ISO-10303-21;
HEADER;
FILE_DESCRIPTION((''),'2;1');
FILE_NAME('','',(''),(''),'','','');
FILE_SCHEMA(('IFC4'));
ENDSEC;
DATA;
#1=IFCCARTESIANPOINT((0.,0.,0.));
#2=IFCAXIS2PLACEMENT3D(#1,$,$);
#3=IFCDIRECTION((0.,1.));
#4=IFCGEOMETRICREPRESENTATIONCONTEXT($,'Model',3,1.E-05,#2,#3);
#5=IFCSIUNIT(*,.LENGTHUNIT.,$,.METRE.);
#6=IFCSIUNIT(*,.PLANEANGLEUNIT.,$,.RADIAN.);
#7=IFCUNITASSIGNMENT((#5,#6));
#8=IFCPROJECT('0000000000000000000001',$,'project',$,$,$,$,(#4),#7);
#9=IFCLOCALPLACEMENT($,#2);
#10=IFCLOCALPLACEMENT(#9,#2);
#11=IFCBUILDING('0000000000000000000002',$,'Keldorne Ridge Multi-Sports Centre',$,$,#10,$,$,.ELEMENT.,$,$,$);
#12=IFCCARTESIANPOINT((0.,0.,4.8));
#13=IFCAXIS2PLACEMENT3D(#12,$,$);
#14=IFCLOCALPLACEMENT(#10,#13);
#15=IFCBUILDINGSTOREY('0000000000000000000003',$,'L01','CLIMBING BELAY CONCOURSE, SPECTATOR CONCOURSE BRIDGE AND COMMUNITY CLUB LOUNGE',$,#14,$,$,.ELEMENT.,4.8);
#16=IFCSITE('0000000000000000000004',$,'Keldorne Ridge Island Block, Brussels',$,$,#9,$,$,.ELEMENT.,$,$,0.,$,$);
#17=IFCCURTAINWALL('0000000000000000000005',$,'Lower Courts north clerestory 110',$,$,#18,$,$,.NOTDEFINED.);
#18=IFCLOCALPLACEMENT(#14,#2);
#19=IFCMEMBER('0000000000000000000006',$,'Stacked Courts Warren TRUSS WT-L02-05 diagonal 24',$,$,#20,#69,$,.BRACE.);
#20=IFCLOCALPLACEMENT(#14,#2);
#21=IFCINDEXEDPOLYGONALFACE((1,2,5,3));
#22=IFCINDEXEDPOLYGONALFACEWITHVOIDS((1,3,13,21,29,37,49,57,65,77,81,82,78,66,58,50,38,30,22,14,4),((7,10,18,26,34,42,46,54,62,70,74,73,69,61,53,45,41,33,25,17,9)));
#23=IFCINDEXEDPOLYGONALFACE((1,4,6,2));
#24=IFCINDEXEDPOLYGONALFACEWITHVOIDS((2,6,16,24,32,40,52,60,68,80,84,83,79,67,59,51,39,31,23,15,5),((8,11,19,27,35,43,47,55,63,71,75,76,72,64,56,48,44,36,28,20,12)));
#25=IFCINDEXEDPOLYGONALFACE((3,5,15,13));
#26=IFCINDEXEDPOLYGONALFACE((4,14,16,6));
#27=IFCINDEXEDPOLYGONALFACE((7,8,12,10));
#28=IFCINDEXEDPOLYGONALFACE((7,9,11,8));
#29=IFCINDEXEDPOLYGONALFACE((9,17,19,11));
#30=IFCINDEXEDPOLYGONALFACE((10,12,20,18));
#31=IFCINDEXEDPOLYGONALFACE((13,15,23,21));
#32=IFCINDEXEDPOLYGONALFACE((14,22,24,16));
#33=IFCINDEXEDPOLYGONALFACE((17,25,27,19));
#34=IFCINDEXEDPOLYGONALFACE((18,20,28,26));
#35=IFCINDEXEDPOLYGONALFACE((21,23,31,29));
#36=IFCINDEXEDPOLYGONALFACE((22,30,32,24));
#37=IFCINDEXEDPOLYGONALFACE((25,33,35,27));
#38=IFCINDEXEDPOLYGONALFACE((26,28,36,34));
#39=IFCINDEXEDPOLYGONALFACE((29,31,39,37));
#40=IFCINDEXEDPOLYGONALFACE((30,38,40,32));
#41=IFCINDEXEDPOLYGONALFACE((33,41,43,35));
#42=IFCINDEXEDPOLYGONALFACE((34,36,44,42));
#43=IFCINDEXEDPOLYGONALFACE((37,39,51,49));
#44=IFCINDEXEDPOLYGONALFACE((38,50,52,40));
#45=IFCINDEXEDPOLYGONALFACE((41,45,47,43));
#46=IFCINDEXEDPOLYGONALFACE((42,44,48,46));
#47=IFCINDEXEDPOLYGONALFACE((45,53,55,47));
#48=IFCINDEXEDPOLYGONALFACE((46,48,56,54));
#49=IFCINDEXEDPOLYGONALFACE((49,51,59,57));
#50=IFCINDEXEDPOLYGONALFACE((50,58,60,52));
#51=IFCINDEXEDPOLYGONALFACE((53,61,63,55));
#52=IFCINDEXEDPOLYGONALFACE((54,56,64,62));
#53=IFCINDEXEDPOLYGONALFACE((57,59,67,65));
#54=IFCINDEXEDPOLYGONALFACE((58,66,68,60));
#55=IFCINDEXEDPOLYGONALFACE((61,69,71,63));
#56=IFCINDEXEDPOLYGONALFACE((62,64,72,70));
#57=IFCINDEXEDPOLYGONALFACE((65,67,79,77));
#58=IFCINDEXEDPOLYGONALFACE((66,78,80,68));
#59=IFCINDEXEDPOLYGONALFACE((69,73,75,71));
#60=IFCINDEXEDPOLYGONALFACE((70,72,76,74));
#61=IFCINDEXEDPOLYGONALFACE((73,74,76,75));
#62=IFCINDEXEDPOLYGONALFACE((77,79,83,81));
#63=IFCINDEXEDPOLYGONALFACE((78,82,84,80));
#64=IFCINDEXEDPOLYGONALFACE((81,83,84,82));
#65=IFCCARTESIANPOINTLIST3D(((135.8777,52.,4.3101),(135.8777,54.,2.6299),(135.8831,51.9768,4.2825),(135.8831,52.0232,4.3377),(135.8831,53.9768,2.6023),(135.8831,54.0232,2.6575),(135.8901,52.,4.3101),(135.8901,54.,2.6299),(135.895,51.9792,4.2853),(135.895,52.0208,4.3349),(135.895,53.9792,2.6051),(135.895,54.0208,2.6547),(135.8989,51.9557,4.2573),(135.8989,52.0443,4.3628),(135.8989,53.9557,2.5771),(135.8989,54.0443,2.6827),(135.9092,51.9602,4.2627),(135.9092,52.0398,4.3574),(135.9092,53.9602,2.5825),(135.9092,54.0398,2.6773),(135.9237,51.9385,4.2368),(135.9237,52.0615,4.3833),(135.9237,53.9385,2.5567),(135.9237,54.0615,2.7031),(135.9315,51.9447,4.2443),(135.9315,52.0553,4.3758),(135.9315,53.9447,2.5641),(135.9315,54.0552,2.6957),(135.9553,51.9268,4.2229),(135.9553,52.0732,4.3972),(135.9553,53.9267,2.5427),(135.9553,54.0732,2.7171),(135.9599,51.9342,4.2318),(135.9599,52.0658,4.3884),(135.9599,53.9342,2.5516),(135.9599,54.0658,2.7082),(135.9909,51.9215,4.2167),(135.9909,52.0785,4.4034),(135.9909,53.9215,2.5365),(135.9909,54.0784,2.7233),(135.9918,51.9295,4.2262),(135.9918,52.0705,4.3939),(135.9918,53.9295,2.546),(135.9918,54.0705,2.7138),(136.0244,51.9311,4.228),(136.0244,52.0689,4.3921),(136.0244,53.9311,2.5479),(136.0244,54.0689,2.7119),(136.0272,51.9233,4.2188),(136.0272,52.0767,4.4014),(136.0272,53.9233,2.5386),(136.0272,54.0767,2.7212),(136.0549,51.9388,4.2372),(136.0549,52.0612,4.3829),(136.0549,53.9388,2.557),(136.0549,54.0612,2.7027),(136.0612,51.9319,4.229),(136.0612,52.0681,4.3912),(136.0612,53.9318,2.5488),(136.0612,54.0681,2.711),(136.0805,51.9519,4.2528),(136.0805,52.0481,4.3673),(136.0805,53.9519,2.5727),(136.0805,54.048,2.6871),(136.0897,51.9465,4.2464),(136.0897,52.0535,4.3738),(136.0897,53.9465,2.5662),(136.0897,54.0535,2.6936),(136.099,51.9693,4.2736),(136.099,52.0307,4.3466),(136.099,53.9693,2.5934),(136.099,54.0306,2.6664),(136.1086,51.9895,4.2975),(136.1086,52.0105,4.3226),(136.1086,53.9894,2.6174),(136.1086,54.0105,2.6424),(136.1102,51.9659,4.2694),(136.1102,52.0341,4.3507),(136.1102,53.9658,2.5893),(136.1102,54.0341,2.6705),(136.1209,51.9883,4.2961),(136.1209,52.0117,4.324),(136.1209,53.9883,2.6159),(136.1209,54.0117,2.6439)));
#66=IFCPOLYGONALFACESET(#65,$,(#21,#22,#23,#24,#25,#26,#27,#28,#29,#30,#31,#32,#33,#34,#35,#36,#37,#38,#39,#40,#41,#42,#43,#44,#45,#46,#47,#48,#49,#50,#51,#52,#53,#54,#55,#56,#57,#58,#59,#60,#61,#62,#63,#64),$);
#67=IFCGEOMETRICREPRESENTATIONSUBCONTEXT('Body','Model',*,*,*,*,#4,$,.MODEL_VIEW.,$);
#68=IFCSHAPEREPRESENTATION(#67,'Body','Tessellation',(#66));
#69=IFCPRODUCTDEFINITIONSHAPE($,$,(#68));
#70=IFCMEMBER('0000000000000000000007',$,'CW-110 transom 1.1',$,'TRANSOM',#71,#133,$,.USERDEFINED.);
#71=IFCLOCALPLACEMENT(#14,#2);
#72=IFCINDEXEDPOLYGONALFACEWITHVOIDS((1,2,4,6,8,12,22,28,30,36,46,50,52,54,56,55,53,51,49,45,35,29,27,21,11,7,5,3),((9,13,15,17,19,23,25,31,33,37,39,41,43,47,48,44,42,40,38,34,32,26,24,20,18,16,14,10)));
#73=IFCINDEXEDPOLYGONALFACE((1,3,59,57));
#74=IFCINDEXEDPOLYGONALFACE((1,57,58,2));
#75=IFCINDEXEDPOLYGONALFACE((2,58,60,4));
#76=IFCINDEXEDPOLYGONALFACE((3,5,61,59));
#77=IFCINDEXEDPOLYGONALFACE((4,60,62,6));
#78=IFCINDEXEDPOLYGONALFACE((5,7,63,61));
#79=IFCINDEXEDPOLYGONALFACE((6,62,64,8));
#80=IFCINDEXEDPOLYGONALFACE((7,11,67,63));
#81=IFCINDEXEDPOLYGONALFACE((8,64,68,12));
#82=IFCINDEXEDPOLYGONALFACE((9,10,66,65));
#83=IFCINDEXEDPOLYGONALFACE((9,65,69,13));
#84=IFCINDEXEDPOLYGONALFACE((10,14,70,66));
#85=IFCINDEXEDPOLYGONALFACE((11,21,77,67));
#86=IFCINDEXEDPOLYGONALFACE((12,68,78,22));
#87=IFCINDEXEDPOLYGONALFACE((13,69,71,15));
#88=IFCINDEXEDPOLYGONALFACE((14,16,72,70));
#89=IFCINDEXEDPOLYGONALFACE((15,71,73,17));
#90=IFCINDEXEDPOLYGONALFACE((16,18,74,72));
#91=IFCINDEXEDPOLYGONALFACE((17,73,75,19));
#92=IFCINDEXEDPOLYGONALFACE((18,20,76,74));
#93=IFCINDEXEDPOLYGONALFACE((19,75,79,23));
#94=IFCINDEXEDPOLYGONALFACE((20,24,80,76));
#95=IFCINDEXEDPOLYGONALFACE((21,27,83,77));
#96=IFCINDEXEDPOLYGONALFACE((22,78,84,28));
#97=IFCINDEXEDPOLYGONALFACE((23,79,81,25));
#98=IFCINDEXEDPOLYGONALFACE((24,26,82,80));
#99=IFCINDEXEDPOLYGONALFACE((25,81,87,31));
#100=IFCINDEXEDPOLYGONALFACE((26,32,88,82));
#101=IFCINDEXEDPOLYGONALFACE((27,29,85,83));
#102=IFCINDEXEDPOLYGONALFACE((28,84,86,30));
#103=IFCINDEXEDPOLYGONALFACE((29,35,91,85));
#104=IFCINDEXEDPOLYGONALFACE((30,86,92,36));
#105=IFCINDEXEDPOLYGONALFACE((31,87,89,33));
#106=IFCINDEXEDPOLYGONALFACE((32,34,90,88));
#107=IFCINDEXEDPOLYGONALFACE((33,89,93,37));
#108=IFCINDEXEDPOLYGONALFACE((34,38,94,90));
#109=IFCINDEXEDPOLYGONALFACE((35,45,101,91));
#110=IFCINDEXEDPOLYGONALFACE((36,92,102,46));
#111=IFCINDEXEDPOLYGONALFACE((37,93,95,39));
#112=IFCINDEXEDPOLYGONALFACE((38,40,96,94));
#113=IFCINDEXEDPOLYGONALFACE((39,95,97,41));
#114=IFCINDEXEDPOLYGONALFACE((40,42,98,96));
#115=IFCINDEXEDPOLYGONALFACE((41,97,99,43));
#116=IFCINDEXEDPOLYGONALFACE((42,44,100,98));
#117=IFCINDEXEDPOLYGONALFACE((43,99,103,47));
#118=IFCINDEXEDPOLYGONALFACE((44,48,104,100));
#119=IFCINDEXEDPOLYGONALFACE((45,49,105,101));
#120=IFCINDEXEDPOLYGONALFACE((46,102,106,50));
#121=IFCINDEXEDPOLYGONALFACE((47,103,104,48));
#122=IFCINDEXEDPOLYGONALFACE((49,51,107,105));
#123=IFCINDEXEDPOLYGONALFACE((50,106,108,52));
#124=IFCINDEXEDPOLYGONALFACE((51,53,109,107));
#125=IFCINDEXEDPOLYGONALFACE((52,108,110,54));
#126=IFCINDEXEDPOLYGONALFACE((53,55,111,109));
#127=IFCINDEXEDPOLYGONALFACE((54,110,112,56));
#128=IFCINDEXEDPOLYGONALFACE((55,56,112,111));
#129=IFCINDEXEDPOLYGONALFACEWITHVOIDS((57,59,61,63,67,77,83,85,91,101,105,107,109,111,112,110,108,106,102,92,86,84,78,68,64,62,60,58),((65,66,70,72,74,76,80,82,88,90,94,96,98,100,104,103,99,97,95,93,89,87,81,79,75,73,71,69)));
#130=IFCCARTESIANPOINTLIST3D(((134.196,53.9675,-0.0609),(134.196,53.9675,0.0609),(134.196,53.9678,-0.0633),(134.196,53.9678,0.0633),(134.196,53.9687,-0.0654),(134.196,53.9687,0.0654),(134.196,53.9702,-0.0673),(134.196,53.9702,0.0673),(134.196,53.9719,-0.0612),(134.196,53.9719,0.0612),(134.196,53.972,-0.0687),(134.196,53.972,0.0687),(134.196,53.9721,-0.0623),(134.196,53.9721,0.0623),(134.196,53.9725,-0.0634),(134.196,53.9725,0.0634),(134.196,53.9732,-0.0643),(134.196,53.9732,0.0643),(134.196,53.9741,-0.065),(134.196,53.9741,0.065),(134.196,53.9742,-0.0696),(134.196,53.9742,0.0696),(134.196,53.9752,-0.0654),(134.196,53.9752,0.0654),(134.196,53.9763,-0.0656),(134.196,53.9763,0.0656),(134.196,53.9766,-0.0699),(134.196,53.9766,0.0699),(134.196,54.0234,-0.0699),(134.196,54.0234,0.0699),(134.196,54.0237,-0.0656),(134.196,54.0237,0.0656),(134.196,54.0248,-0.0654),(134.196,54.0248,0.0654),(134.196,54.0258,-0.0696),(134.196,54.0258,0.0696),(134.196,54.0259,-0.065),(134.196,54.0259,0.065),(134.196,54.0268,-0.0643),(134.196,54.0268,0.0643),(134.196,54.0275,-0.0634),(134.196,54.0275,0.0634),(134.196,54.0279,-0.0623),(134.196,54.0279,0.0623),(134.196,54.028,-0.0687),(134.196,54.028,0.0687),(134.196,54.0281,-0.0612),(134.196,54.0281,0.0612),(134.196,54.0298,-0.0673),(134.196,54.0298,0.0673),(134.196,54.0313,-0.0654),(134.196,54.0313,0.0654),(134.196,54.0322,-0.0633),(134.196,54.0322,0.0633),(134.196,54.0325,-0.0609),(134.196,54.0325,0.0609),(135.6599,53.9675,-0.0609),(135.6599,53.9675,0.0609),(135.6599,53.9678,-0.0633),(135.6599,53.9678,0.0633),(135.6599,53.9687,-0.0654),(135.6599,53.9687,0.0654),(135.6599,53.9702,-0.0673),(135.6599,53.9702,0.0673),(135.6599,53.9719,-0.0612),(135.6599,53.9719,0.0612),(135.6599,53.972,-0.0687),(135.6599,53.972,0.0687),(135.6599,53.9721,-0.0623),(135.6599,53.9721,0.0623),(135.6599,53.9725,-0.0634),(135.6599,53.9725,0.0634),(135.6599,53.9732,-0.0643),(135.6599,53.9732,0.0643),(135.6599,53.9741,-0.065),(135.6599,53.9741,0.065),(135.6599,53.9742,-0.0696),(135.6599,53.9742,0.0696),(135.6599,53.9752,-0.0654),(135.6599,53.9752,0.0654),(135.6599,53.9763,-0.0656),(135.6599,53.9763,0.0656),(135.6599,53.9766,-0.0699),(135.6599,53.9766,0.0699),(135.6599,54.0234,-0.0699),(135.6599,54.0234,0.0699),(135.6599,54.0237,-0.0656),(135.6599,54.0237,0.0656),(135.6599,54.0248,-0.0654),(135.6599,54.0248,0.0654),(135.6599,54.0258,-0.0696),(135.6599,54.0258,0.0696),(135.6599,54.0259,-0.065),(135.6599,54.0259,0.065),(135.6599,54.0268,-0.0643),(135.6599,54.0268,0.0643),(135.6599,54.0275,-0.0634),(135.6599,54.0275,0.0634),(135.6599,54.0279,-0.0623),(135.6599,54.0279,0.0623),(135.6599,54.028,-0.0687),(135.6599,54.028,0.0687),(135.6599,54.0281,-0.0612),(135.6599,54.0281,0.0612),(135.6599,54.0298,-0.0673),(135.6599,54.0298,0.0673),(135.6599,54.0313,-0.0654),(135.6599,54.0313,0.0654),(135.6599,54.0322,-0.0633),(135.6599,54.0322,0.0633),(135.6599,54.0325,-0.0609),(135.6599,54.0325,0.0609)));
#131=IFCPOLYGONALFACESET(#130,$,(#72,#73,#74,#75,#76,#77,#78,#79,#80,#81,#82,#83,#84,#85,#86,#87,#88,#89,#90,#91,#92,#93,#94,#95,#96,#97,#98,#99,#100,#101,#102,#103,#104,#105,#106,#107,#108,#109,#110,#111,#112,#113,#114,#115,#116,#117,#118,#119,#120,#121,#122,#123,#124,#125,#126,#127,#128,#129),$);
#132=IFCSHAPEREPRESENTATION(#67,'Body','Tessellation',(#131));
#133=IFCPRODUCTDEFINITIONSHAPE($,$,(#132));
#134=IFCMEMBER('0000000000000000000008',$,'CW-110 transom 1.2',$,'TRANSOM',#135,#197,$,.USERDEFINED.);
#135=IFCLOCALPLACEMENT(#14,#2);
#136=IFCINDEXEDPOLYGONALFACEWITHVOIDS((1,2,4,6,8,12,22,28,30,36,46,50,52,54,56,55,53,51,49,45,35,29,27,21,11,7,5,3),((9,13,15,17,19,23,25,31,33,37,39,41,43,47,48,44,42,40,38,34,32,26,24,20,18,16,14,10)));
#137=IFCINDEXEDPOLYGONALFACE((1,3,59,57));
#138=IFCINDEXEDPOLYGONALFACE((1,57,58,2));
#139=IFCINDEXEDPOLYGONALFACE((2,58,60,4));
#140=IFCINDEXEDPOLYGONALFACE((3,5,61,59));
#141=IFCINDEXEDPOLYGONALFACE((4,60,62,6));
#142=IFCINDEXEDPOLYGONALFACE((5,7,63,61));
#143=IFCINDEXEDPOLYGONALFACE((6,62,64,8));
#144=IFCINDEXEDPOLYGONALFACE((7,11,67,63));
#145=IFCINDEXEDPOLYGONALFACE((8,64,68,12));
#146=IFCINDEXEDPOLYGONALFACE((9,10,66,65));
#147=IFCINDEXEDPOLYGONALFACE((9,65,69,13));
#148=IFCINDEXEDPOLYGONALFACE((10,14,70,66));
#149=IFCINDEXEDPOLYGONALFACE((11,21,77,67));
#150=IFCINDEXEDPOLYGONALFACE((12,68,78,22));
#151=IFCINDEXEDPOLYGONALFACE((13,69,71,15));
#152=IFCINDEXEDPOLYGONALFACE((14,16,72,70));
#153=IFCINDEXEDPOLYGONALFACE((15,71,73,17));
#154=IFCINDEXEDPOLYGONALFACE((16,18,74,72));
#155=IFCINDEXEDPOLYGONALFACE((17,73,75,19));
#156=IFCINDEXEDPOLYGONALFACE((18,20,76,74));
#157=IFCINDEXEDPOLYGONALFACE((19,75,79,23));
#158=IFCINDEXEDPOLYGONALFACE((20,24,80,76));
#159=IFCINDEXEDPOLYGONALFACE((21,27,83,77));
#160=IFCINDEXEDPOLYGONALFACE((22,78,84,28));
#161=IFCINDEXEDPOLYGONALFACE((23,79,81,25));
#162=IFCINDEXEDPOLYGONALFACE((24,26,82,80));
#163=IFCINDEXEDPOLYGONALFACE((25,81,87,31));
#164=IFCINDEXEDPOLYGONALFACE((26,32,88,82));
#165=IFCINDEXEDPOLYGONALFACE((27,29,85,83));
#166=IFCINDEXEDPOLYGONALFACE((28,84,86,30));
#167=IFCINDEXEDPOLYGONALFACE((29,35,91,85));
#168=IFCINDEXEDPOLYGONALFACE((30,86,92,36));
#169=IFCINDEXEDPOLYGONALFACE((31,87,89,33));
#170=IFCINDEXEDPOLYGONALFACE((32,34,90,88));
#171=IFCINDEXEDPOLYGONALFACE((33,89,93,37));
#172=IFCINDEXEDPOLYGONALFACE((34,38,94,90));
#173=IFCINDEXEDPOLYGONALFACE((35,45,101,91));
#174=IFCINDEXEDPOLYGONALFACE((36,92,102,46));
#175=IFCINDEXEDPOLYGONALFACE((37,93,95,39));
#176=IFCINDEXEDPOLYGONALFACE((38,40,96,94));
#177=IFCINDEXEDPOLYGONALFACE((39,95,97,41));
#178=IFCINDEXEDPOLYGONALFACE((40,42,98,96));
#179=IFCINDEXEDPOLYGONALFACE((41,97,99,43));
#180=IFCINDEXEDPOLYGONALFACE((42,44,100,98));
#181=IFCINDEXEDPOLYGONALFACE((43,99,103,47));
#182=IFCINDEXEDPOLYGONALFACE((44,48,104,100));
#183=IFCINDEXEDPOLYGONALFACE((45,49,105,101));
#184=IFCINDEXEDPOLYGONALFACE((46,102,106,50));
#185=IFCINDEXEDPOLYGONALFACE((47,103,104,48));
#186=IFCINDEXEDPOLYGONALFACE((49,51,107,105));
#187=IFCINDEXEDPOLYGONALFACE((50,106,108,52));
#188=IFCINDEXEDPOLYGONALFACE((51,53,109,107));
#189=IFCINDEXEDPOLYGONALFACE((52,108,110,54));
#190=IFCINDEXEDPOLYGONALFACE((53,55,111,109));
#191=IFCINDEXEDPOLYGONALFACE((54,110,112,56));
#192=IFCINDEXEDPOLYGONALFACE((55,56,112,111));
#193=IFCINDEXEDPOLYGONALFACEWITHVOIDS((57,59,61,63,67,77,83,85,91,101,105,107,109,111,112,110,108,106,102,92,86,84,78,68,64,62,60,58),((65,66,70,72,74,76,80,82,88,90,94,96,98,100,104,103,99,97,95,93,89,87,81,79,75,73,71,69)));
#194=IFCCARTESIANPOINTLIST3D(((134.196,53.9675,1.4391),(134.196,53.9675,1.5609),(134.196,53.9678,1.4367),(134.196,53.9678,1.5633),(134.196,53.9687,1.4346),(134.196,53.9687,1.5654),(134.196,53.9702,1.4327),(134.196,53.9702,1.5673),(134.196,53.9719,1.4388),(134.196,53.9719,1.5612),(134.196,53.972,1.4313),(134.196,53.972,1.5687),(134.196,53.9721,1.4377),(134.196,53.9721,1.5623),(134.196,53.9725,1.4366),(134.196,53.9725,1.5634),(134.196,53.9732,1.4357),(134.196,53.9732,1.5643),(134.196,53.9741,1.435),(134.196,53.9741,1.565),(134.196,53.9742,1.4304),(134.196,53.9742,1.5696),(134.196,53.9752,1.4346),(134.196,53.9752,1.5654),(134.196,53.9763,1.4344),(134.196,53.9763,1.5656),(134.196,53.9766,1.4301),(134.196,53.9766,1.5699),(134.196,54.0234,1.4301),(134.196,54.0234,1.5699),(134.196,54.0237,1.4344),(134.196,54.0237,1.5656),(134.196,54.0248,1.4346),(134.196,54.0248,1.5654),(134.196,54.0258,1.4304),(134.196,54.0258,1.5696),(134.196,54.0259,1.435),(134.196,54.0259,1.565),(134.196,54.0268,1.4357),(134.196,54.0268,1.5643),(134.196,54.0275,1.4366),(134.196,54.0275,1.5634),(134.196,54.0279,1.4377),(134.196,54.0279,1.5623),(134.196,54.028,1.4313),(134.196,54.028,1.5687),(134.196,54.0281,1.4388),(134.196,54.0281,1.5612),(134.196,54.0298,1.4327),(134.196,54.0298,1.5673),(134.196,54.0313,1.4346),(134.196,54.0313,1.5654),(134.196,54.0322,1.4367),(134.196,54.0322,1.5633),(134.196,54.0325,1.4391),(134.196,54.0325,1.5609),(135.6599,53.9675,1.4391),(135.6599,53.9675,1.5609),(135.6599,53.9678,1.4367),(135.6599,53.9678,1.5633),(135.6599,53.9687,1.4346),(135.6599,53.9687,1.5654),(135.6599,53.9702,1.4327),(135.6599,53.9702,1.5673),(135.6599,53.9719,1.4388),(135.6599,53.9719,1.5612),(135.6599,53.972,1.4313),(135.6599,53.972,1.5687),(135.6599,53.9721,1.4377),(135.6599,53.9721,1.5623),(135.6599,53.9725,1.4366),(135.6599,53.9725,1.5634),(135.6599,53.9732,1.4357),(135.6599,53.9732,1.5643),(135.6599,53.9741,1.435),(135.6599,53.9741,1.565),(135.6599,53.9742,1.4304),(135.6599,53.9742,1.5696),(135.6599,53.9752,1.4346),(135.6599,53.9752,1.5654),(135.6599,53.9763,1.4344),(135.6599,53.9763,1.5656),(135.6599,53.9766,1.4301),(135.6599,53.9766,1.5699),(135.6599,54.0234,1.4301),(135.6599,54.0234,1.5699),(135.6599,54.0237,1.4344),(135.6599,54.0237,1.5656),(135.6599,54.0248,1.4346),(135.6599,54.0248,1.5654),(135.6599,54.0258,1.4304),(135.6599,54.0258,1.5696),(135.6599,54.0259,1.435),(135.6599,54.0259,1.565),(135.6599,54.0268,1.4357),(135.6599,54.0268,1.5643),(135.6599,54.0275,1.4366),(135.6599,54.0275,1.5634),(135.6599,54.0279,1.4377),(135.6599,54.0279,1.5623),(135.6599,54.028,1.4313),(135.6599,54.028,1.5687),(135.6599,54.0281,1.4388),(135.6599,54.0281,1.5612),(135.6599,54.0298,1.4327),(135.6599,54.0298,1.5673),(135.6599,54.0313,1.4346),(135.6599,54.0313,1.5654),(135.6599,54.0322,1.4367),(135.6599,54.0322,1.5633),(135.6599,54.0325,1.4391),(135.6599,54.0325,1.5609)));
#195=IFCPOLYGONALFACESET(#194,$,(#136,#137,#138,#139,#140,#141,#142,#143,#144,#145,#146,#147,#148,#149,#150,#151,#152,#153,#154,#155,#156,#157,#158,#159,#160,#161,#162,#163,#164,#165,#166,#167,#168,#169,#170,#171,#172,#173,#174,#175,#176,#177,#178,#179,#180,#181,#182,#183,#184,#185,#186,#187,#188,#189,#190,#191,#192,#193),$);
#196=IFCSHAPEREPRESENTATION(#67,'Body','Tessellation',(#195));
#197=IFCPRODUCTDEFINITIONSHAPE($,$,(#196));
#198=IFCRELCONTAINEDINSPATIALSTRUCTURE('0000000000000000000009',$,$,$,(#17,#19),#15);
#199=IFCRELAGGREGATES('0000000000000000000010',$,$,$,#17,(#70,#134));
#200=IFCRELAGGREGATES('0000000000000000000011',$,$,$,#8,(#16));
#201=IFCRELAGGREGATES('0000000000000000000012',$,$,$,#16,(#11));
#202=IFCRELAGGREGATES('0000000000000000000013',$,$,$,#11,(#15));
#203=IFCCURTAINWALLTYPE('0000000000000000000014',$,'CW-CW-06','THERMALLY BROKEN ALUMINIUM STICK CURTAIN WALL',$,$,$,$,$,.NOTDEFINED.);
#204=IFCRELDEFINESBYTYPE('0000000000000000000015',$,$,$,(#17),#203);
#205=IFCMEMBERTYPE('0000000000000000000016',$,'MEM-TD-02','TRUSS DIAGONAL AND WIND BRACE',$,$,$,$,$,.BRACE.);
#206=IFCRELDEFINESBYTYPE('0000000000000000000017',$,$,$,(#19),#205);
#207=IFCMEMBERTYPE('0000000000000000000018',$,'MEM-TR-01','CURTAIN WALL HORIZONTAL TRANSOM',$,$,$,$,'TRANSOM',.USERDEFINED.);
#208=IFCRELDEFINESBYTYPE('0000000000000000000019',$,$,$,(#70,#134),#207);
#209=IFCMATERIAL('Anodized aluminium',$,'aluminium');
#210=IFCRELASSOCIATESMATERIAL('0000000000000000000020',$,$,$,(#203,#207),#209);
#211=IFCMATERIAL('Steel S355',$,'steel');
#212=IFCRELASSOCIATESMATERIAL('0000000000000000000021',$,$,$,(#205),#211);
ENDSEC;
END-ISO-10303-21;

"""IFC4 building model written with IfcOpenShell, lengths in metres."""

from ifc_helpers import new_model, si_unit, direction, frame, origin, origin_2d, place, context, subcontext, project, spatial, hollow_rectangle, hollow_circle, extrude, material, material_profile, profile_set, type_object, element, aggregate, save


model = new_model("IFC4")

# Units and contexts
model_context = context("Model", 3, precision=1e-05, world=origin(), true_north=direction((0.0, 1.0)))
body_context = subcontext(model_context, "Body", "Model", "MODEL_VIEW")
ifc_project = project(units=[si_unit("LENGTHUNIT", "METRE"), si_unit("PLANEANGLEUNIT", "RADIAN")], contexts=[model_context])

# Site, building, storey
site_placement = place(None, origin())
site = spatial("IfcSite", under=ifc_project, at=site_placement, Name="Keldorne Ridge Island Block, Brussels", CompositionType="ELEMENT", RefElevation=0.0)
building_placement = place(site_placement, origin())
building = spatial("IfcBuilding", under=site, at=building_placement, Name="Keldorne Ridge Multi-Sports Centre", CompositionType="ELEMENT")
storey_placement = place(building_placement, frame((0.0, 0.0, 4.8)))
storey = spatial("IfcBuildingStorey", under=building, at=storey_placement, Name="L01", Description="CLIMBING BELAY CONCOURSE, SPECTATOR CONCOURSE BRIDGE AND COMMUNITY CLUB LOUNGE", CompositionType="ELEMENT", Elevation=4.8)

# Shared definitions
ifc_material_1 = material(Name="Steel S355", Category="steel")

# Curtain wall
ifc_material_2 = material(Name="Anodized aluminium", Category="aluminium")
curtain_wall_type_1 = type_object("IfcCurtainWallType", Name="CW-CW-06", Description="THERMALLY BROKEN ALUMINIUM STICK CURTAIN WALL", PredefinedType="NOTDEFINED", material=ifc_material_2)
curtain_wall_1_placement = place(storey_placement, origin())
curtain_wall_1 = element("IfcCurtainWall", 1, at=curtain_wall_1_placement, inside=storey, type_object=curtain_wall_type_1, Name="Lower Courts north clerestory 110", PredefinedType="NOTDEFINED")

# Member
ifc_material_profile_1 = material_profile(ifc_material_1, hollow_circle(Radius=0.1223, WallThickness=0.0125, at=origin_2d()), Name="CHS 244.5x12.5")
ifc_profile_set_1 = profile_set([ifc_material_profile_1], Name="Steel S355")
member_type_1 = type_object("IfcMemberType", Name="MEM-TD-02", Description="TRUSS DIAGONAL AND WIND BRACE", PredefinedType="BRACE", material=ifc_profile_set_1)
for number, where, z_axis, x_axis, name in (
    (2, (136.0, 52.0, 4.3101), (0.0, 0.765672, -0.643232), (-1.0, 0.0, 0.0), "Stacked Courts Warren TRUSS WT-L02-05 diagonal 24"),
):
    element("IfcMember", number, at=place(storey_placement, frame(where, z_axis=z_axis, x_axis=x_axis)), inside=storey, type_object=member_type_1, Name=name, PredefinedType="BRACE", context=body_context, shape_type="SweptSolid", body=[
        extrude(hollow_circle(Radius=0.1223, WallThickness=0.0125, at=origin_2d()), origin(), (0.0, 0.0, 1.0), 2.6121),
    ])

# Members
ifc_material_profile_2 = material_profile(ifc_material_2, hollow_rectangle(XDim=0.0649, YDim=0.1399, WallThickness=0.0044, InnerFilletRadius=0.0044, OuterFilletRadius=0.009, at=origin_2d()), Name="ALU TRANSOM 140x65x4.5")
ifc_profile_set_2 = profile_set([ifc_material_profile_2], Name="Anodized aluminium")
member_type_2 = type_object("IfcMemberType", Name="MEM-TR-01", Description="CURTAIN WALL HORIZONTAL TRANSOM", ElementType="TRANSOM", PredefinedType="USERDEFINED", material=ifc_profile_set_2)
member_1_placement = place(storey_placement, frame((135.6599, 54.0, 0.0), z_axis=(-1.0, 0.0, 0.0), x_axis=(0.0, -1.0, 0.0)))
member_1 = element("IfcMember", 3, at=member_1_placement, type_object=member_type_2, Name="CW-110 transom 1.1", ObjectType="TRANSOM", PredefinedType="USERDEFINED", context=body_context, shape_type="SweptSolid", body=[
    extrude(hollow_rectangle(XDim=0.0649, YDim=0.1399, WallThickness=0.0044, InnerFilletRadius=0.0044, OuterFilletRadius=0.009, at=origin_2d()), origin(), (0.0, 0.0, 1.0), 1.4639),
])
member_2_placement = place(storey_placement, frame((135.6599, 54.0, 1.5), z_axis=(-1.0, 0.0, 0.0), x_axis=(0.0, -1.0, 0.0)))
member_2 = element("IfcMember", 4, at=member_2_placement, type_object=member_type_2, Name="CW-110 transom 1.2", ObjectType="TRANSOM", PredefinedType="USERDEFINED", context=body_context, shape_type="SweptSolid", body=[
    extrude(hollow_rectangle(XDim=0.0649, YDim=0.1399, WallThickness=0.0044, InnerFilletRadius=0.0044, OuterFilletRadius=0.009, at=origin_2d()), origin(), (0.0, 0.0, 1.0), 1.4639),
])

aggregate(curtain_wall_1, [member_1, member_2])

save(model, "model.ifc")
